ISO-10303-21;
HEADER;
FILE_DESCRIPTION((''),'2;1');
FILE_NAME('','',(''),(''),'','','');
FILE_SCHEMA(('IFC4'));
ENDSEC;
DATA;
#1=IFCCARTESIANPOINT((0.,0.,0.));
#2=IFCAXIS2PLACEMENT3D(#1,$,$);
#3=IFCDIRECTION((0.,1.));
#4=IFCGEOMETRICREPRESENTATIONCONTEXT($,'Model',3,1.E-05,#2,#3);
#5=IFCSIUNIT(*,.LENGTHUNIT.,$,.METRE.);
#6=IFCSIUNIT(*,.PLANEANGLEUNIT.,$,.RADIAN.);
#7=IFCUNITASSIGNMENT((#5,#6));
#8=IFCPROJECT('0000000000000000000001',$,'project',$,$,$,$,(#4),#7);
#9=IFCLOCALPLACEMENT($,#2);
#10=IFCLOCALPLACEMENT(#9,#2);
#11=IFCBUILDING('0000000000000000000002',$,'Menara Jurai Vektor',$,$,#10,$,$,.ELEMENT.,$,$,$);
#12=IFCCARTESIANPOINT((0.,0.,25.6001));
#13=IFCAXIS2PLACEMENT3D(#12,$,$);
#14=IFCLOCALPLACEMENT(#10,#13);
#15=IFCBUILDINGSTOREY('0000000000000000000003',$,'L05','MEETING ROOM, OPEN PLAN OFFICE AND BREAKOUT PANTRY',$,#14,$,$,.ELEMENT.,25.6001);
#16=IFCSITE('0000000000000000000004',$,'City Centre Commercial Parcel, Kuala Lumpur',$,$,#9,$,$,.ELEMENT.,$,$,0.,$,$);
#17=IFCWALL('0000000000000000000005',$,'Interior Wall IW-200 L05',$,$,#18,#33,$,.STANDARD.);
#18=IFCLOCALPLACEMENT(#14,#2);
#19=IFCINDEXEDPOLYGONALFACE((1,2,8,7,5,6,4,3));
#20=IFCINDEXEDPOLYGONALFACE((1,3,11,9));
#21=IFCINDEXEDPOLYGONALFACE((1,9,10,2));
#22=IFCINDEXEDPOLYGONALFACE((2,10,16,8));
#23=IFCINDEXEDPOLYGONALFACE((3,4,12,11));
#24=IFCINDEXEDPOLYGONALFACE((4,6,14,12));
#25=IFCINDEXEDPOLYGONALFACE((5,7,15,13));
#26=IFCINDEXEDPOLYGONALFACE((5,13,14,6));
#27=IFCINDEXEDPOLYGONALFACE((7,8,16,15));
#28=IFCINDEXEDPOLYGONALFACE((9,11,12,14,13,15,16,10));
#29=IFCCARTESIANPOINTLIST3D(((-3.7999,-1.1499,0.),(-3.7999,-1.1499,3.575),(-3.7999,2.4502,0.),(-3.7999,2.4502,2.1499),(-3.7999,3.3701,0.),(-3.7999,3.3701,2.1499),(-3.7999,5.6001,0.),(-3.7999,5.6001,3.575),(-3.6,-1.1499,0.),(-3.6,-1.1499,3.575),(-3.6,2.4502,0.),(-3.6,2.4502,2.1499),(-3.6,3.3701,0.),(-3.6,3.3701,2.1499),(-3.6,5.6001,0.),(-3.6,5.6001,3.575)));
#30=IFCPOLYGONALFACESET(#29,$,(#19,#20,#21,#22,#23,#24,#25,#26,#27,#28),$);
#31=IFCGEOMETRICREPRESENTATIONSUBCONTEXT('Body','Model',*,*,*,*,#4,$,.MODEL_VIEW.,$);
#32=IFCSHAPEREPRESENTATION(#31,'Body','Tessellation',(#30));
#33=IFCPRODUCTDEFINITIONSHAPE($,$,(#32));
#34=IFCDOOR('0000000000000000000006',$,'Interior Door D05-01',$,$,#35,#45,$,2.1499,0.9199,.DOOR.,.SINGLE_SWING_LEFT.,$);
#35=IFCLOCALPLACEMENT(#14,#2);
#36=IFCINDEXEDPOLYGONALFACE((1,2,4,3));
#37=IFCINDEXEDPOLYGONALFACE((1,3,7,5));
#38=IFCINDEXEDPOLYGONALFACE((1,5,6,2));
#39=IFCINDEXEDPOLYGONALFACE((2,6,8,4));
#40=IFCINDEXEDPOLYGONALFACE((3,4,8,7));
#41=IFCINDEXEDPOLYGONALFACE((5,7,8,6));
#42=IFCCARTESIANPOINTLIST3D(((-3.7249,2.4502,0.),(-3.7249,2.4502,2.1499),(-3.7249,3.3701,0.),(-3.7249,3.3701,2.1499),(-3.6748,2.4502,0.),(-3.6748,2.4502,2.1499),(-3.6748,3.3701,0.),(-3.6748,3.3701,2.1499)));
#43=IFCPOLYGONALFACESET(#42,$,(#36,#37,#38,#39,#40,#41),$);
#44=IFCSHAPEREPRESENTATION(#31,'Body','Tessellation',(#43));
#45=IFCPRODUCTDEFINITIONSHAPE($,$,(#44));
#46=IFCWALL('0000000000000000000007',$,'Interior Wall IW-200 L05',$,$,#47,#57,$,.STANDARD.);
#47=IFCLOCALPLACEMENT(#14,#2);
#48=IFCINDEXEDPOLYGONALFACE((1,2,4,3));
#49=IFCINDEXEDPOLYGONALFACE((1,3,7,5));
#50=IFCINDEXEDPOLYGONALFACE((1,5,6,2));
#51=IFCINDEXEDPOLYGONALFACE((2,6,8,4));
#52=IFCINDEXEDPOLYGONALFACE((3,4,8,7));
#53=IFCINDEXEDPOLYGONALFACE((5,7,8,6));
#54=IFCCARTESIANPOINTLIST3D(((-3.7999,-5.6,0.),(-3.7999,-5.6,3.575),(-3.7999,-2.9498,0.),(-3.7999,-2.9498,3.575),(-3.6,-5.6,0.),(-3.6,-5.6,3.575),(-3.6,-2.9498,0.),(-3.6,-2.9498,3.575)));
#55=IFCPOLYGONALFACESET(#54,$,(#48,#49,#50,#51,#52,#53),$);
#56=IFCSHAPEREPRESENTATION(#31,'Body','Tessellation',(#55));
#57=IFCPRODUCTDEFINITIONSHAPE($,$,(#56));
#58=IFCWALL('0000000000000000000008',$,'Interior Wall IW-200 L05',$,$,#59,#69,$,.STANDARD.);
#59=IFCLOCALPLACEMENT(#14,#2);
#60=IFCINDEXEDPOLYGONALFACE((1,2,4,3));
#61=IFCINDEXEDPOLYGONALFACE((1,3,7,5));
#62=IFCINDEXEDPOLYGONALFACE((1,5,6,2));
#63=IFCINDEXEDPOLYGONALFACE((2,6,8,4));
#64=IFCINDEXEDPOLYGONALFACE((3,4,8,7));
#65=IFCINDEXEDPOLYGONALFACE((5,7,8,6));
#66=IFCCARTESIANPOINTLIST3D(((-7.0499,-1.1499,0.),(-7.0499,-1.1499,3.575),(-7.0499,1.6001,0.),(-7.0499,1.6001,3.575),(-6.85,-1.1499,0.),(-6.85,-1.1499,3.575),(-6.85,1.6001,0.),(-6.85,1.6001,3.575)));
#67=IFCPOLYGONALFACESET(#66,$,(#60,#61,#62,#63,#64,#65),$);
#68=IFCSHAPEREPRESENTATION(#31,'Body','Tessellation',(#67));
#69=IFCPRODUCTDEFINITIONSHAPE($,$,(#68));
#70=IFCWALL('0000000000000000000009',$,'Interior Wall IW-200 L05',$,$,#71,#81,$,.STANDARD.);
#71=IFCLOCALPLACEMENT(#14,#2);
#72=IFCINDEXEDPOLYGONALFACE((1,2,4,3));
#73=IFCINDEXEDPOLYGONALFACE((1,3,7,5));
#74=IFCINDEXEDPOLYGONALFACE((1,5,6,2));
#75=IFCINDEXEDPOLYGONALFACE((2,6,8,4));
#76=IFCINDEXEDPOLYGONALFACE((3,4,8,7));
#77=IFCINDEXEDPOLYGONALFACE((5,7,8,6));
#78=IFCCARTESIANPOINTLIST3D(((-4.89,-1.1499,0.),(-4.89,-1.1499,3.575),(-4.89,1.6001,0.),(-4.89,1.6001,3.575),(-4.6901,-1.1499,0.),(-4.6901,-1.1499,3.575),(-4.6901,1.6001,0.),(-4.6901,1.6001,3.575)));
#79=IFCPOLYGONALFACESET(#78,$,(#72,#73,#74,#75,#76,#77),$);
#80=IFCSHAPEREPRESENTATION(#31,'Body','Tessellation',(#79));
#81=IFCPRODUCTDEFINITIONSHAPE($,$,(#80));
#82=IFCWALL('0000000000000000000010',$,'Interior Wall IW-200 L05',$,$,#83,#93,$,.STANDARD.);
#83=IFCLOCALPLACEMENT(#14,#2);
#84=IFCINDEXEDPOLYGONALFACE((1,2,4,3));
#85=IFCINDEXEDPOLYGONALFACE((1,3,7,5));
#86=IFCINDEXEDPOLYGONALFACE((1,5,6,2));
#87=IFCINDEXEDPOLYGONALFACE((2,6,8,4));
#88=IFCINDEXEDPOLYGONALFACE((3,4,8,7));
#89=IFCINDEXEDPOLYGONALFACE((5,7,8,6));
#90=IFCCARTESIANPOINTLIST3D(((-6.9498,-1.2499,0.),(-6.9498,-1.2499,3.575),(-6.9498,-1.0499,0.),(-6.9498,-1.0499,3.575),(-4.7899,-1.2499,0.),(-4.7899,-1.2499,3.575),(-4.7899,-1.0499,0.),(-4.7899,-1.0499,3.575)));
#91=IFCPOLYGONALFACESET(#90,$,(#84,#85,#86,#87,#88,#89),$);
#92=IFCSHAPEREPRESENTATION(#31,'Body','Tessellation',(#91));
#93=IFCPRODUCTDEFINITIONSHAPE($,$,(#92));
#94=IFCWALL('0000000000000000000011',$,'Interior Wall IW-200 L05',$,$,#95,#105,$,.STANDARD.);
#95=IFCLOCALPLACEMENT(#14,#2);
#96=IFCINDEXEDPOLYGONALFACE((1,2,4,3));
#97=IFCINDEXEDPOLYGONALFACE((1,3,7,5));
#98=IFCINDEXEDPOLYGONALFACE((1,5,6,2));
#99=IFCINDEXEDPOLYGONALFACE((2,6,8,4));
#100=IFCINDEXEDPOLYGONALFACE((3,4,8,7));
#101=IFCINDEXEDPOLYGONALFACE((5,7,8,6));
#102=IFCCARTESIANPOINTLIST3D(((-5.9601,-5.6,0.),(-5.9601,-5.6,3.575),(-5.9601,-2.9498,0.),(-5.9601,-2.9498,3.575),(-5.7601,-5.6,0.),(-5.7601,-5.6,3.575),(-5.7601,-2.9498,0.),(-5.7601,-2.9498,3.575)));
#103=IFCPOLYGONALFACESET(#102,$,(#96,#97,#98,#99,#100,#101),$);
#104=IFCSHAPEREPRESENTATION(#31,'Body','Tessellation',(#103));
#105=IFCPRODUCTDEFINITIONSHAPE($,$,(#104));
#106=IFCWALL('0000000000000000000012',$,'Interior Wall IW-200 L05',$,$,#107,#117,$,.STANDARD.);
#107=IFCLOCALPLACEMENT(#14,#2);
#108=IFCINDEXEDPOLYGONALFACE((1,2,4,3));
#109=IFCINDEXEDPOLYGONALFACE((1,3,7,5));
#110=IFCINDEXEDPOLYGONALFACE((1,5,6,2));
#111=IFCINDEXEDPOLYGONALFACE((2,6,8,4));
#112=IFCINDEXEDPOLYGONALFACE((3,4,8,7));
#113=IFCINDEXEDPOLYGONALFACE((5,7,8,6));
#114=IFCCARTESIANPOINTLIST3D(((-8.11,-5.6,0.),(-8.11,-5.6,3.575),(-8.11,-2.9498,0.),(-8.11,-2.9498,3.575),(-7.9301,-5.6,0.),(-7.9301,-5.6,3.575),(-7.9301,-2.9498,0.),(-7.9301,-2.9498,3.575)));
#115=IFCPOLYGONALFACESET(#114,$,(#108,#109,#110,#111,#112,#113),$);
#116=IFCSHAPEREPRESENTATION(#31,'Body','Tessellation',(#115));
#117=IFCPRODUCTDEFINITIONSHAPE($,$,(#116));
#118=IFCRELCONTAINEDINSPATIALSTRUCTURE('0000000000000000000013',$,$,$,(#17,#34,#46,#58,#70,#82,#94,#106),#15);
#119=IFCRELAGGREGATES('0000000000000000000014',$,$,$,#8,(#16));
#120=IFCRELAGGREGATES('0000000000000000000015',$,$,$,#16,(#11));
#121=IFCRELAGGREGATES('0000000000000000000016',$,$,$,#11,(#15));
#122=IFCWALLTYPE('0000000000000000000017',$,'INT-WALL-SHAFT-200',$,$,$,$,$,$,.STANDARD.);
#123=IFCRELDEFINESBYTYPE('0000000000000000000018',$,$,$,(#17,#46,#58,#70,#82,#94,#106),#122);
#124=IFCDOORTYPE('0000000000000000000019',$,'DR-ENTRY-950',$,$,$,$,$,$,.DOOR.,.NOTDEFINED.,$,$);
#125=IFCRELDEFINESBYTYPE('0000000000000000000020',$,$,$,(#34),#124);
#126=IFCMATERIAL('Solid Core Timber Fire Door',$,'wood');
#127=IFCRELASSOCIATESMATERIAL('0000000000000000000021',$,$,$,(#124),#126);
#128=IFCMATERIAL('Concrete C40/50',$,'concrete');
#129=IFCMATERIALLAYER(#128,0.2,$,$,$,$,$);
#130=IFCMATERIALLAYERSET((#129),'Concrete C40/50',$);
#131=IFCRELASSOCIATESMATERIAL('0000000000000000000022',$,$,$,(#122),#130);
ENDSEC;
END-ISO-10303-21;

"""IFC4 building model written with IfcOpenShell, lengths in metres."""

from ifc_helpers import new_model, si_unit, direction, frame, frame_2d, origin, place, context, subcontext, project, spatial, rectangle, extrude, material, layer, layer_set, type_object, element, fill, save


model = new_model("IFC4")

# Units and contexts
model_context = context("Model", 3, precision=1e-05, world=origin(), true_north=direction((0.0, 1.0)))
body_context = subcontext(model_context, "Body", "Model", "MODEL_VIEW")
ifc_project = project(units=[si_unit("LENGTHUNIT", "METRE"), si_unit("PLANEANGLEUNIT", "RADIAN")], contexts=[model_context])

# Site, building, storey
site_placement = place(None, origin())
site = spatial("IfcSite", under=ifc_project, at=site_placement, Name="City Centre Commercial Parcel, Kuala Lumpur", CompositionType="ELEMENT", RefElevation=0.0)
building_placement = place(site_placement, origin())
building = spatial("IfcBuilding", under=site, at=building_placement, Name="Menara Jurai Vektor", CompositionType="ELEMENT")
storey_placement = place(building_placement, frame((0.0, 0.0, 25.6001)))
storey = spatial("IfcBuildingStorey", under=building, at=storey_placement, Name="L05", Description="MEETING ROOM, OPEN PLAN OFFICE AND BREAKOUT PANTRY", CompositionType="ELEMENT", Elevation=25.6001)

# Shared definitions
ifc_material_1 = material(Name="Solid Core Timber Fire Door", Category="wood")
door_type_1 = type_object("IfcDoorType", Name="DR-ENTRY-950", OperationType="NOTDEFINED", PredefinedType="DOOR", material=ifc_material_1)

# Wall, opening, door
ifc_material_2 = material(Name="Concrete C40/50", Category="concrete")
ifc_layer_1 = layer(ifc_material_2, 0.2)
ifc_layer_set_1 = layer_set([ifc_layer_1], Name="Concrete C40/50")
wall_type_1 = type_object("IfcWallType", Name="INT-WALL-SHAFT-200", PredefinedType="STANDARD", material=ifc_layer_set_1)
wall_1_placement = place(storey_placement, frame((-3.7, -1.1499, 0.0), z_axis=(0.0, 0.0, 1.0), x_axis=(0.0, 1.0, 0.0)))
wall_1 = element("IfcWall", 1, at=wall_1_placement, inside=storey, type_object=wall_type_1, Name="Interior Wall IW-200 L05", PredefinedType="STANDARD", context=body_context, shape_type="SweptSolid", body=[
    extrude(rectangle(XDim=6.75, YDim=0.2, at=frame_2d((3.375, 0.0))), origin(), (0.0, 0.0, 1.0), 3.575),
])
opening_1_placement = place(wall_1_placement, frame((3.6001, 0.0, 0.0)))
opening_1 = element("IfcOpeningElement", 2, at=opening_1_placement, cuts=wall_1, PredefinedType="OPENING", context=body_context, shape_type="SweptSolid", body=[
    extrude(rectangle(XDim=0.9199, YDim=2.1499, at=frame_2d((0.46, 1.075))), frame((0.0, 0.1099, 0.0), z_axis=(0.0, -1.0, 0.0), x_axis=(1.0, 0.0, 0.0)), (0.0, 0.0, 1.0), 0.22),
])
door_1_placement = place(opening_1_placement, origin())
door_1 = element("IfcDoor", 3, at=door_1_placement, inside=storey, type_object=door_type_1, Name="Interior Door D05-01", OperationType="SINGLE_SWING_LEFT", OverallHeight=2.1499, OverallWidth=0.9199, PredefinedType="DOOR", context=body_context, shape_type="SweptSolid", body=[
    extrude(rectangle(XDim=0.9199, YDim=2.1499, at=frame_2d((0.46, 1.075))), frame((0.0, 0.0249, 0.0), z_axis=(0.0, -1.0, 0.0), x_axis=(1.0, 0.0, 0.0)), (0.0, 0.0, 1.0), 0.05),
])
fill(opening_1, door_1)

# Walls
wall_2_placement = place(storey_placement, frame((-3.7, -5.6001, 0.0), z_axis=(0.0, 0.0, 1.0), x_axis=(0.0, 1.0, 0.0)))
element("IfcWall", 4, at=wall_2_placement, inside=storey, type_object=wall_type_1, Name="Interior Wall IW-200 L05", PredefinedType="STANDARD", context=body_context, shape_type="SweptSolid", body=[
    extrude(rectangle(XDim=2.6501, YDim=0.2, at=frame_2d((1.3252, 0.0))), origin(), (0.0, 0.0, 1.0), 3.575),
])
for number, where, z_axis, x_axis, name in (
    (5, (-6.95, -1.1499, 0.0), (0.0, 0.0, 1.0), (0.0, 1.0, 0.0), "Interior Wall IW-200 L05"),
    (6, (-4.79, -1.1499, 0.0), (0.0, 0.0, 1.0), (0.0, 1.0, 0.0), "Interior Wall IW-200 L05"),
):
    element("IfcWall", number, at=place(storey_placement, frame(where, z_axis=z_axis, x_axis=x_axis)), inside=storey, type_object=wall_type_1, Name=name, PredefinedType="STANDARD", context=body_context, shape_type="SweptSolid", body=[
        extrude(rectangle(XDim=2.75, YDim=0.2, at=frame_2d((1.375, 0.0))), origin(), (0.0, 0.0, 1.0), 3.575),
    ])
wall_3_placement = place(storey_placement, frame((-6.95, -1.1499, 0.0), z_axis=(0.0, 0.0, 1.0), x_axis=(1.0, 0.0, 0.0)))
element("IfcWall", 7, at=wall_3_placement, inside=storey, type_object=wall_type_1, Name="Interior Wall IW-200 L05", PredefinedType="STANDARD", context=body_context, shape_type="SweptSolid", body=[
    extrude(rectangle(XDim=2.1599, YDim=0.2, at=frame_2d((1.0801, 0.0))), origin(), (0.0, 0.0, 1.0), 3.575),
])
wall_4_placement = place(storey_placement, frame((-5.8601, -5.6001, 0.0), z_axis=(0.0, 0.0, 1.0), x_axis=(0.0, 1.0, 0.0)))
element("IfcWall", 8, at=wall_4_placement, inside=storey, type_object=wall_type_1, Name="Interior Wall IW-200 L05", PredefinedType="STANDARD", context=body_context, shape_type="SweptSolid", body=[
    extrude(rectangle(XDim=2.6501, YDim=0.2, at=frame_2d((1.3252, 0.0))), origin(), (0.0, 0.0, 1.0), 3.575),
])
wall_5_placement = place(storey_placement, frame((-8.02, -5.6001, 0.0), z_axis=(0.0, 0.0, 1.0), x_axis=(0.0, 1.0, 0.0)))
element("IfcWall", 9, at=wall_5_placement, inside=storey, type_object=wall_type_1, Name="Interior Wall IW-200 L05", PredefinedType="STANDARD", context=body_context, shape_type="SweptSolid", body=[
    extrude(rectangle(XDim=2.6501, YDim=0.1799, at=frame_2d((1.3252, 0.0))), origin(), (0.0, 0.0, 1.0), 3.575),
])

save(model, "model.ifc")
